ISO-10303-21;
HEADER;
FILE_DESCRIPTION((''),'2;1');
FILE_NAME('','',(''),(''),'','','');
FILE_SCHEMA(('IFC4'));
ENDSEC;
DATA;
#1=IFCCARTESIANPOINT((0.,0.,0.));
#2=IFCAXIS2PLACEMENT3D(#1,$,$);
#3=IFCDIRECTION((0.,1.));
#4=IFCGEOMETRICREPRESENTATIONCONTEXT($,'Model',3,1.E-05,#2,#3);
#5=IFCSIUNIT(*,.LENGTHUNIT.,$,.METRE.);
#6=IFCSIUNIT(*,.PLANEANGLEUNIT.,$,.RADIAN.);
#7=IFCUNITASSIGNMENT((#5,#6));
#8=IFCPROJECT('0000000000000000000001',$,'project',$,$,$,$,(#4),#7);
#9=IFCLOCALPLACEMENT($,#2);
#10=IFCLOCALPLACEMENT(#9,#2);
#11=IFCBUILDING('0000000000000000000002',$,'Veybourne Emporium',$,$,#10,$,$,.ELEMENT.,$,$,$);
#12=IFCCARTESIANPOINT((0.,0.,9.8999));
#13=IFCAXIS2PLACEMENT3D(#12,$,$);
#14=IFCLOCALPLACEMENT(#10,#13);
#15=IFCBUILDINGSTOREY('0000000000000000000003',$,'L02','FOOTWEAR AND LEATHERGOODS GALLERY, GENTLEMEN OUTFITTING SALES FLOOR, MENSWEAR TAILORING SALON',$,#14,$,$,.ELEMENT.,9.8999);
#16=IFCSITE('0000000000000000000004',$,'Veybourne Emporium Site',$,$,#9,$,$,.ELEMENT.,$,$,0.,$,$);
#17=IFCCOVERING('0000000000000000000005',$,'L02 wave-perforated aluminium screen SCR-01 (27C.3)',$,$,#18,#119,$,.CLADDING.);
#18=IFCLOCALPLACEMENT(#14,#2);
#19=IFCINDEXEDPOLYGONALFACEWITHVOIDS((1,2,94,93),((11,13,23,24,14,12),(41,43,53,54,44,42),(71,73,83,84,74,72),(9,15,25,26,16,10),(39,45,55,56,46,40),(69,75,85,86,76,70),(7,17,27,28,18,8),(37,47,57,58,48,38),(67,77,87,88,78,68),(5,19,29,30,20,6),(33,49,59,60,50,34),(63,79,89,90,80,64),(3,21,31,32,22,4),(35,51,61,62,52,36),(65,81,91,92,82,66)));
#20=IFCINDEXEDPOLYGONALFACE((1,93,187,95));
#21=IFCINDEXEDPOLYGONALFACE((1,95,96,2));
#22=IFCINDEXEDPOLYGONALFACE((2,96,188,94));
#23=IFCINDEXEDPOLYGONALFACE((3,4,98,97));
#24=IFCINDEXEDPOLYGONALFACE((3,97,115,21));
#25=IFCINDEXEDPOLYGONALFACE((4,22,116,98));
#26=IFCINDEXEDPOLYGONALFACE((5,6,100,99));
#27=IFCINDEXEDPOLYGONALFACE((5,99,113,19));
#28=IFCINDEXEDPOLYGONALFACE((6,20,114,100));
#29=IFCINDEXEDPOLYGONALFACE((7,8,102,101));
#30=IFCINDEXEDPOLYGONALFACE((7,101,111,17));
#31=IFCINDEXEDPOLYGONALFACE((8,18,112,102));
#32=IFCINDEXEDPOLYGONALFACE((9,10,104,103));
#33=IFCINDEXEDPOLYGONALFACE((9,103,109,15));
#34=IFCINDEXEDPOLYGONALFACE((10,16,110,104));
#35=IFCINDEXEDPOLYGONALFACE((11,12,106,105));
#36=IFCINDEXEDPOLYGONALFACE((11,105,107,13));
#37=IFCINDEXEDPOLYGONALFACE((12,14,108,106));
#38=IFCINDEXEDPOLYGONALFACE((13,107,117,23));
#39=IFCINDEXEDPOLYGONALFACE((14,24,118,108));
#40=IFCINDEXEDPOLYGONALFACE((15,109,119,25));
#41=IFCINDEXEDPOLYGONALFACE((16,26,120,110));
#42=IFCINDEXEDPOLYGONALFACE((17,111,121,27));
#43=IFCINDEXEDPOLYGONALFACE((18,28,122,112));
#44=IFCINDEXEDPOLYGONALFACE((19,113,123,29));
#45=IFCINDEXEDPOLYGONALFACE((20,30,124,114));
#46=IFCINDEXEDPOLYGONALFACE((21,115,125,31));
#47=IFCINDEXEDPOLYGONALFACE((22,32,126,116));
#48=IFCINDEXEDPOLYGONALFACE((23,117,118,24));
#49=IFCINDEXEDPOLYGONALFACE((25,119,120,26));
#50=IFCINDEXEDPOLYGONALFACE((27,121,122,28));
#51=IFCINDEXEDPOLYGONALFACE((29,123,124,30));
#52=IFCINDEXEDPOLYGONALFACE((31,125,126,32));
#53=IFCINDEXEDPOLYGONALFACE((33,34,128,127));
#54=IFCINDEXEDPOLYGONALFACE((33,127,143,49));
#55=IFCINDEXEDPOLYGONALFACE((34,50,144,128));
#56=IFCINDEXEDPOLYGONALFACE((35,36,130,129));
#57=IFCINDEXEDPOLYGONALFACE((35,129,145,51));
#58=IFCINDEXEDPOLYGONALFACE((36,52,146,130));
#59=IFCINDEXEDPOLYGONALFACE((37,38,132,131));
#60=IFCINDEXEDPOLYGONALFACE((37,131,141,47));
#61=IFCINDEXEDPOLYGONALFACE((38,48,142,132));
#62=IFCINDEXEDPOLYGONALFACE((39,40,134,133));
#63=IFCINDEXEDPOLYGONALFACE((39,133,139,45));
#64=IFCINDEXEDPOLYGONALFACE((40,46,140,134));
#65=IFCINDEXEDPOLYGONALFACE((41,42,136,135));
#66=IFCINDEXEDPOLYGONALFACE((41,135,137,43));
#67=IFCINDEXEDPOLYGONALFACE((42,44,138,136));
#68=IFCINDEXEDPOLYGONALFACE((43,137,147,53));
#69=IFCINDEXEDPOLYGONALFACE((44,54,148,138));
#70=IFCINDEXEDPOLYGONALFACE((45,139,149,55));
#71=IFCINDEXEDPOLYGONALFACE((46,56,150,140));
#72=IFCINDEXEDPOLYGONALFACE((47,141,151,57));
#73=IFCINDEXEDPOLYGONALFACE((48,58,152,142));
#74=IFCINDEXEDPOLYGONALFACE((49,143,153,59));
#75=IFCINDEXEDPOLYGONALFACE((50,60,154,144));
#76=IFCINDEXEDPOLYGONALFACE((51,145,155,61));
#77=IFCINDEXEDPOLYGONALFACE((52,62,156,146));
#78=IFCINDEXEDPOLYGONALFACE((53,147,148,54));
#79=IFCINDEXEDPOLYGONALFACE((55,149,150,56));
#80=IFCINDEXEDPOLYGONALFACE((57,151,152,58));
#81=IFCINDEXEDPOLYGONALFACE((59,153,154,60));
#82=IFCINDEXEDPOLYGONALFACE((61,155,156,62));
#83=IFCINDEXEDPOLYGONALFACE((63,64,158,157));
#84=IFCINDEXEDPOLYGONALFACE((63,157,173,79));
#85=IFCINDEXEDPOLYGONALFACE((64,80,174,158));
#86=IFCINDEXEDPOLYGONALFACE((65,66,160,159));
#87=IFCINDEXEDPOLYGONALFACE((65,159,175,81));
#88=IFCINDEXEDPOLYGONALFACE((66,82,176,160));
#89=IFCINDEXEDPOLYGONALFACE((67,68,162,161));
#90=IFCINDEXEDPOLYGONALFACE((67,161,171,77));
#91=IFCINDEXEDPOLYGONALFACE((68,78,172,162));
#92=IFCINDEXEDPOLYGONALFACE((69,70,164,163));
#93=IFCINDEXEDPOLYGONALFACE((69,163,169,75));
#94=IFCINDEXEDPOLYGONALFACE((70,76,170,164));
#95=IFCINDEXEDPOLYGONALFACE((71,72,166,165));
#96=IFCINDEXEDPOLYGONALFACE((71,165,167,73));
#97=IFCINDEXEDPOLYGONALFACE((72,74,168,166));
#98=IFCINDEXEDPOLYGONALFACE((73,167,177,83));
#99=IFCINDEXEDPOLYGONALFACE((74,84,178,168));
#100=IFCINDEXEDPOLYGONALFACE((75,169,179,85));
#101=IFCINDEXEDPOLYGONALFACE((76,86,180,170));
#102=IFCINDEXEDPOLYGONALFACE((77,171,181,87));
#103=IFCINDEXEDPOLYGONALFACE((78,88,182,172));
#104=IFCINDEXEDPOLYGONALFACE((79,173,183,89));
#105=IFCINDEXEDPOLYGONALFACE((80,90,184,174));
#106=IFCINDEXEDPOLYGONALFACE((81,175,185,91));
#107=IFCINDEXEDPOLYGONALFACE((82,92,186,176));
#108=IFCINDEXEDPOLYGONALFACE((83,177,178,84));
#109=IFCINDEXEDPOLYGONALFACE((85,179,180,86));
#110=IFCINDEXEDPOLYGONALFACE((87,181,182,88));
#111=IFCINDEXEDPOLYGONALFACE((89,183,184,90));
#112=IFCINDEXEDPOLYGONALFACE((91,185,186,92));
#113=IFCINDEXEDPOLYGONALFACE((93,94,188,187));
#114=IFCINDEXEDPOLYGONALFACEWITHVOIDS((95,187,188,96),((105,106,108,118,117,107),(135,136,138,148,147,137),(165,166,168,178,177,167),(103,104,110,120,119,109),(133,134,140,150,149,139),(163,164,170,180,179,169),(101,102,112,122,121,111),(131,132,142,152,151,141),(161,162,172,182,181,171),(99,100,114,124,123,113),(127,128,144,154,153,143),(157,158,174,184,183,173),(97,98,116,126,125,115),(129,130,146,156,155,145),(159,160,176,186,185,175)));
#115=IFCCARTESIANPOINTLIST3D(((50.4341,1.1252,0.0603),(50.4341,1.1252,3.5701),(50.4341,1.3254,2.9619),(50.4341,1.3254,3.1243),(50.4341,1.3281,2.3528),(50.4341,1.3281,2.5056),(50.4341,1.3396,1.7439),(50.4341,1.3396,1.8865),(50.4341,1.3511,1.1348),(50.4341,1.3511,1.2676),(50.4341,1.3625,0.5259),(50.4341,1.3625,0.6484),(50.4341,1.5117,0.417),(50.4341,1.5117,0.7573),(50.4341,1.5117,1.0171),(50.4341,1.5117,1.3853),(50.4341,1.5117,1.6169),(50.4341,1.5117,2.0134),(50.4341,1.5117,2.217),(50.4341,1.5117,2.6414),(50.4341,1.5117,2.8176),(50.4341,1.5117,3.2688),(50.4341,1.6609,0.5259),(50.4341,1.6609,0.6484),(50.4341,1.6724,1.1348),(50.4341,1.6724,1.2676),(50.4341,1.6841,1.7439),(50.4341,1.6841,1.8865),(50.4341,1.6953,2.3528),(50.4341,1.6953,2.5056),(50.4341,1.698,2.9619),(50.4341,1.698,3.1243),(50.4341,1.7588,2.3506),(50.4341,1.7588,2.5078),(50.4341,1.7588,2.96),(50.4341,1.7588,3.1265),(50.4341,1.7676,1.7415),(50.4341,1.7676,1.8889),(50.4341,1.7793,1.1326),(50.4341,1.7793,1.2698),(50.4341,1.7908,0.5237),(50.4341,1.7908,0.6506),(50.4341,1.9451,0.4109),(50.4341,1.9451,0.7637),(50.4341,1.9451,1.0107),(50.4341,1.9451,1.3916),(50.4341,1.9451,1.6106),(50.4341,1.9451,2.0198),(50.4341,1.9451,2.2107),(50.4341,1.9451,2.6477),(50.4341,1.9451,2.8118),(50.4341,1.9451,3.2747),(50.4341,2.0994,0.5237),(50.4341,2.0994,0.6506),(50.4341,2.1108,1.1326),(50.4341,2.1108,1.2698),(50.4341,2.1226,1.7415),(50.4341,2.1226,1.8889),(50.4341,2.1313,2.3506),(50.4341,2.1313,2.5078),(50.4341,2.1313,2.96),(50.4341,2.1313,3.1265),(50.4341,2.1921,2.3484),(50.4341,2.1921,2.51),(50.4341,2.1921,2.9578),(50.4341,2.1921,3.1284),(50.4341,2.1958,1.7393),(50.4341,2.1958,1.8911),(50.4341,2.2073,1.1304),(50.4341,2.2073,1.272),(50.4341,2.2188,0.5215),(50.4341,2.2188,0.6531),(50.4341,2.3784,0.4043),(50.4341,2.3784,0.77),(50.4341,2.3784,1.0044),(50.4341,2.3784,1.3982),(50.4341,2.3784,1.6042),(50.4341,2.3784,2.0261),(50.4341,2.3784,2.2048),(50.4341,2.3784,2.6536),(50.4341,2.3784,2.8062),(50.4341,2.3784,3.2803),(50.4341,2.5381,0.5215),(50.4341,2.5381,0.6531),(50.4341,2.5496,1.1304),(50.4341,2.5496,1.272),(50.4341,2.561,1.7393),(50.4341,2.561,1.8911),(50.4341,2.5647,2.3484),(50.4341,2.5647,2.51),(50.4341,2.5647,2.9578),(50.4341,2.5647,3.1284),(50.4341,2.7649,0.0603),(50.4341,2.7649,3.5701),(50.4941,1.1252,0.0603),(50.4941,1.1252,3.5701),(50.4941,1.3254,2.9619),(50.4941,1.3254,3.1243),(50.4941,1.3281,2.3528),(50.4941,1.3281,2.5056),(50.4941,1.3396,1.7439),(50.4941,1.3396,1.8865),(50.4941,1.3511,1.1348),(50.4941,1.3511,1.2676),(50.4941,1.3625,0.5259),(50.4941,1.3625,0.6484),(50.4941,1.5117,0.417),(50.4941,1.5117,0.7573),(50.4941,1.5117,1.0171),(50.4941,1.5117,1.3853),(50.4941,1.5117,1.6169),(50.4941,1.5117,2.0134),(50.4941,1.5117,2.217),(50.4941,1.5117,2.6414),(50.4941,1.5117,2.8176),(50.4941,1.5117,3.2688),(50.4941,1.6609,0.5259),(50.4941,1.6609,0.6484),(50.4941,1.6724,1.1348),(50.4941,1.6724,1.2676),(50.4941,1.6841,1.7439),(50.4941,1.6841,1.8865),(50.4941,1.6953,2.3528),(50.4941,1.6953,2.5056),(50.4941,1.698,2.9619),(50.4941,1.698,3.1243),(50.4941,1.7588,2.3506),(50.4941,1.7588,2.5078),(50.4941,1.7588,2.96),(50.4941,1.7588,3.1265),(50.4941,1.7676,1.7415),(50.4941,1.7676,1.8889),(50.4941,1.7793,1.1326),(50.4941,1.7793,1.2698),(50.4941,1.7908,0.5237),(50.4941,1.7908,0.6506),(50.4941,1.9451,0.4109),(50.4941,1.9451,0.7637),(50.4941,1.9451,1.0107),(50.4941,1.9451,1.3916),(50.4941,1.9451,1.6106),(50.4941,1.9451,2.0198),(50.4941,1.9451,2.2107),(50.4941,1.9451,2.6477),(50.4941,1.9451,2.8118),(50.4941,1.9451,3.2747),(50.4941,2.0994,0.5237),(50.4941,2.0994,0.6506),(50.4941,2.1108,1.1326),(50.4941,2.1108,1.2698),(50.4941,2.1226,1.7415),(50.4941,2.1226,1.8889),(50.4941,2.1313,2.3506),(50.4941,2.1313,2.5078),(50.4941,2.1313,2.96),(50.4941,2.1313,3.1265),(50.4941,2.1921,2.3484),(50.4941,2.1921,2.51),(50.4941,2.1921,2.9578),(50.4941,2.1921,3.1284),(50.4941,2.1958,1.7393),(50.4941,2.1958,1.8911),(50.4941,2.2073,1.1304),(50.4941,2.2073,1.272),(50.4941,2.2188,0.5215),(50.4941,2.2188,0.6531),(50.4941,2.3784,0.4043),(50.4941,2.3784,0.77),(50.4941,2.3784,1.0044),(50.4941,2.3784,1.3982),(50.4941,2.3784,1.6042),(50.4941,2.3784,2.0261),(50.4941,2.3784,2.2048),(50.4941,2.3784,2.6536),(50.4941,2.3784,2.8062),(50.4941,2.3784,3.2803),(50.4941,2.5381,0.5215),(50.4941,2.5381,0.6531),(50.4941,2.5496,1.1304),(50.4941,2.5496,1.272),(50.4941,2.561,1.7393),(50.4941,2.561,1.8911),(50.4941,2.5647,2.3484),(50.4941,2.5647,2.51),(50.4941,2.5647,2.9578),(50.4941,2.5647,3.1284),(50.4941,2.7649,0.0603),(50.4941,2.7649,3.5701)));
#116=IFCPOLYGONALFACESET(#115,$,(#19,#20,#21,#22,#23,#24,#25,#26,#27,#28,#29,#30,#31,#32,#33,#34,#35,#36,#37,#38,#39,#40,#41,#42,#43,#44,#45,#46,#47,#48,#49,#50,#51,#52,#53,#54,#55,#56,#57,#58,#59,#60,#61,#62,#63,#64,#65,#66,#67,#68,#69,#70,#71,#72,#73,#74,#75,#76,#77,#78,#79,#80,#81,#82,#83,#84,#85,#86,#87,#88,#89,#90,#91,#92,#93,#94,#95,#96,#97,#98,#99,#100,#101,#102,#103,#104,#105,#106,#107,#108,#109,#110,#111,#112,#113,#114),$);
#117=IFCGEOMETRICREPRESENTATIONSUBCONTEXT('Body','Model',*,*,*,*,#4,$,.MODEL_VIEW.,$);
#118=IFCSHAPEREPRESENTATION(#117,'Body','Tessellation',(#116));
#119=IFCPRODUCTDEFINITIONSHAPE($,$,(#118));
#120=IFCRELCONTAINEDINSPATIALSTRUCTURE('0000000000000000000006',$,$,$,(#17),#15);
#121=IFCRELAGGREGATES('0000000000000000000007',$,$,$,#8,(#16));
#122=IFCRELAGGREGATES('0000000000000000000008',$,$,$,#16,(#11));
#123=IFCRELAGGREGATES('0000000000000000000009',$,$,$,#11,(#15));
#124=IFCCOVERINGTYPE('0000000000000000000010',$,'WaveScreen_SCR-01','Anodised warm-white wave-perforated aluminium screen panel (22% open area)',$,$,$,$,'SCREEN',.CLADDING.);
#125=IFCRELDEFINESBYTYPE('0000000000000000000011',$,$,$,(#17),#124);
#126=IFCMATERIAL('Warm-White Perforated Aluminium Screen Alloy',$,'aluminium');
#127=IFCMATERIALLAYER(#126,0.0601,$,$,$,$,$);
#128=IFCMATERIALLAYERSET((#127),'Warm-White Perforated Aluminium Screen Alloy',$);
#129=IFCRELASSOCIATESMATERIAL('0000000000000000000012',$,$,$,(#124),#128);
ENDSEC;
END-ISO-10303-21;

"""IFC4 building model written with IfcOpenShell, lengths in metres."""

from ifc_helpers import new_model, si_unit, direction, frame, origin, place, context, subcontext, project, spatial, polyline, outline, extrude, material, layer, layer_set, type_object, element, save


model = new_model("IFC4")

# Units and contexts
model_context = context("Model", 3, precision=1e-05, world=origin(), true_north=direction((0.0, 1.0)))
body_context = subcontext(model_context, "Body", "Model", "MODEL_VIEW")
ifc_project = project(units=[si_unit("LENGTHUNIT", "METRE"), si_unit("PLANEANGLEUNIT", "RADIAN")], contexts=[model_context])

# Site, building, storey
site_placement = place(None, origin())
site = spatial("IfcSite", under=ifc_project, at=site_placement, Name="Veybourne Emporium Site", CompositionType="ELEMENT", RefElevation=0.0)
building_placement = place(site_placement, origin())
building = spatial("IfcBuilding", under=site, at=building_placement, Name="Veybourne Emporium", CompositionType="ELEMENT")
storey_placement = place(building_placement, frame((0.0, 0.0, 9.8999)))
storey = spatial("IfcBuildingStorey", under=building, at=storey_placement, Name="L02", Description="FOOTWEAR AND LEATHERGOODS GALLERY, GENTLEMEN OUTFITTING SALES FLOOR, MENSWEAR TAILORING SALON", CompositionType="ELEMENT", Elevation=9.8999)

# Covering
ifc_material_1 = material(Name="Warm-White Perforated Aluminium Screen Alloy", Category="aluminium")
ifc_layer_1 = layer(ifc_material_1, 0.0601)
ifc_layer_set_1 = layer_set([ifc_layer_1], Name="Warm-White Perforated Aluminium Screen Alloy")
covering_type_1 = type_object("IfcCoveringType", Name="WaveScreen_SCR-01", Description="Anodised warm-white wave-perforated aluminium screen panel (22% open area)", ElementType="SCREEN", PredefinedType="CLADDING", material=ifc_layer_set_1)
covering_1_placement = place(storey_placement, frame((50.4941, 1.9451, 1.8152), z_axis=(-1.0, 0.0, 0.0), x_axis=(0.0, -1.0, 0.0)))
element("IfcCovering", 1, at=covering_1_placement, inside=storey, type_object=covering_type_1, Name="L02 wave-perforated aluminium screen SCR-01 (27C.3)", PredefinedType="CLADDING", context=body_context, shape_type="SweptSolid", body=[
    extrude(outline(polyline([(-0.8198, -1.7549), (0.8198, -1.7549), (0.8198, 1.7549), (-0.8198, 1.7549), (-0.8198, -1.7549)]), holes=[polyline([(-0.4333, -1.0452), (-0.2737, -1.1621), (-0.2737, -1.2937), (-0.4333, -1.4109), (-0.593, -1.2937), (-0.593, -1.1621), (-0.4333, -1.0452)]), polyline([(-0.4333, -0.417), (-0.2622, -0.5432), (-0.2622, -0.6848), (-0.4333, -0.8108), (-0.6045, -0.6848), (-0.6045, -0.5432), (-0.4333, -0.417)]), polyline([(-0.4333, 0.2109), (-0.2507, 0.0759), (-0.2507, -0.0759), (-0.4333, -0.2109), (-0.616, -0.0759), (-0.616, 0.0759), (-0.4333, 0.2109)]), polyline([(-0.4333, 0.8384), (-0.2471, 0.6948), (-0.2471, 0.5332), (-0.4333, 0.3896), (-0.6196, 0.5332), (-0.6196, 0.6948), (-0.4333, 0.8384)]), polyline([(-0.4333, 1.4651), (-0.2471, 1.3132), (-0.2471, 1.1426), (-0.4333, 0.991), (-0.6196, 1.1426), (-0.6196, 1.3132), (-0.4333, 1.4651)]), polyline([(0.0, -1.0515), (0.1543, -1.1646), (0.1543, -1.2915), (0.0, -1.4043), (-0.1543, -1.2915), (-0.1543, -1.1646), (0.0, -1.0515)]), polyline([(0.0, -0.4236), (0.1658, -0.5454), (0.1658, -0.6826), (0.0, -0.8044), (-0.1658, -0.6826), (-0.1658, -0.5454), (0.0, -0.4236)]), polyline([(0.0, 0.2046), (0.1775, 0.0737), (0.1775, -0.0737), (0.0, -0.2046), (-0.1775, -0.0737), (-0.1775, 0.0737), (0.0, 0.2046)]), polyline([(0.0, 0.8325), (0.1863, 0.6926), (0.1863, 0.5354), (0.0, 0.3955), (-0.1863, 0.5354), (-0.1863, 0.6926), (0.0, 0.8325)]), polyline([(0.0, 1.4595), (0.1863, 1.3113), (0.1863, 1.1448), (0.0, 0.9966), (-0.1863, 1.1448), (-0.1863, 1.3113), (0.0, 1.4595)]), polyline([(0.4333, -1.0579), (0.5825, -1.1667), (0.5825, -1.2893), (0.4333, -1.3982), (0.2842, -1.2893), (0.2842, -1.1667), (0.4333, -1.0579)]), polyline([(0.4333, -0.4299), (0.594, -0.5476), (0.594, -0.6804), (0.4333, -0.7981), (0.2727, -0.6804), (0.2727, -0.5476), (0.4333, -0.4299)]), polyline([(0.4333, 0.1982), (0.6055, 0.0713), (0.6055, -0.0713), (0.4333, -0.1982), (0.261, -0.0713), (0.261, 0.0713), (0.4333, 0.1982)]), polyline([(0.4333, 0.8262), (0.6169, 0.6904), (0.6169, 0.5376), (0.4333, 0.4019), (0.2498, 0.5376), (0.2498, 0.6904), (0.4333, 0.8262)]), polyline([(0.4333, 1.4536), (0.6196, 1.3091), (0.6196, 1.1467), (0.4333, 1.0024), (0.2471, 1.1467), (0.2471, 1.3091), (0.4333, 1.4536)])]), origin(), (0.0, 0.0, 1.0), 0.0601),
])

save(model, "model.ifc")
